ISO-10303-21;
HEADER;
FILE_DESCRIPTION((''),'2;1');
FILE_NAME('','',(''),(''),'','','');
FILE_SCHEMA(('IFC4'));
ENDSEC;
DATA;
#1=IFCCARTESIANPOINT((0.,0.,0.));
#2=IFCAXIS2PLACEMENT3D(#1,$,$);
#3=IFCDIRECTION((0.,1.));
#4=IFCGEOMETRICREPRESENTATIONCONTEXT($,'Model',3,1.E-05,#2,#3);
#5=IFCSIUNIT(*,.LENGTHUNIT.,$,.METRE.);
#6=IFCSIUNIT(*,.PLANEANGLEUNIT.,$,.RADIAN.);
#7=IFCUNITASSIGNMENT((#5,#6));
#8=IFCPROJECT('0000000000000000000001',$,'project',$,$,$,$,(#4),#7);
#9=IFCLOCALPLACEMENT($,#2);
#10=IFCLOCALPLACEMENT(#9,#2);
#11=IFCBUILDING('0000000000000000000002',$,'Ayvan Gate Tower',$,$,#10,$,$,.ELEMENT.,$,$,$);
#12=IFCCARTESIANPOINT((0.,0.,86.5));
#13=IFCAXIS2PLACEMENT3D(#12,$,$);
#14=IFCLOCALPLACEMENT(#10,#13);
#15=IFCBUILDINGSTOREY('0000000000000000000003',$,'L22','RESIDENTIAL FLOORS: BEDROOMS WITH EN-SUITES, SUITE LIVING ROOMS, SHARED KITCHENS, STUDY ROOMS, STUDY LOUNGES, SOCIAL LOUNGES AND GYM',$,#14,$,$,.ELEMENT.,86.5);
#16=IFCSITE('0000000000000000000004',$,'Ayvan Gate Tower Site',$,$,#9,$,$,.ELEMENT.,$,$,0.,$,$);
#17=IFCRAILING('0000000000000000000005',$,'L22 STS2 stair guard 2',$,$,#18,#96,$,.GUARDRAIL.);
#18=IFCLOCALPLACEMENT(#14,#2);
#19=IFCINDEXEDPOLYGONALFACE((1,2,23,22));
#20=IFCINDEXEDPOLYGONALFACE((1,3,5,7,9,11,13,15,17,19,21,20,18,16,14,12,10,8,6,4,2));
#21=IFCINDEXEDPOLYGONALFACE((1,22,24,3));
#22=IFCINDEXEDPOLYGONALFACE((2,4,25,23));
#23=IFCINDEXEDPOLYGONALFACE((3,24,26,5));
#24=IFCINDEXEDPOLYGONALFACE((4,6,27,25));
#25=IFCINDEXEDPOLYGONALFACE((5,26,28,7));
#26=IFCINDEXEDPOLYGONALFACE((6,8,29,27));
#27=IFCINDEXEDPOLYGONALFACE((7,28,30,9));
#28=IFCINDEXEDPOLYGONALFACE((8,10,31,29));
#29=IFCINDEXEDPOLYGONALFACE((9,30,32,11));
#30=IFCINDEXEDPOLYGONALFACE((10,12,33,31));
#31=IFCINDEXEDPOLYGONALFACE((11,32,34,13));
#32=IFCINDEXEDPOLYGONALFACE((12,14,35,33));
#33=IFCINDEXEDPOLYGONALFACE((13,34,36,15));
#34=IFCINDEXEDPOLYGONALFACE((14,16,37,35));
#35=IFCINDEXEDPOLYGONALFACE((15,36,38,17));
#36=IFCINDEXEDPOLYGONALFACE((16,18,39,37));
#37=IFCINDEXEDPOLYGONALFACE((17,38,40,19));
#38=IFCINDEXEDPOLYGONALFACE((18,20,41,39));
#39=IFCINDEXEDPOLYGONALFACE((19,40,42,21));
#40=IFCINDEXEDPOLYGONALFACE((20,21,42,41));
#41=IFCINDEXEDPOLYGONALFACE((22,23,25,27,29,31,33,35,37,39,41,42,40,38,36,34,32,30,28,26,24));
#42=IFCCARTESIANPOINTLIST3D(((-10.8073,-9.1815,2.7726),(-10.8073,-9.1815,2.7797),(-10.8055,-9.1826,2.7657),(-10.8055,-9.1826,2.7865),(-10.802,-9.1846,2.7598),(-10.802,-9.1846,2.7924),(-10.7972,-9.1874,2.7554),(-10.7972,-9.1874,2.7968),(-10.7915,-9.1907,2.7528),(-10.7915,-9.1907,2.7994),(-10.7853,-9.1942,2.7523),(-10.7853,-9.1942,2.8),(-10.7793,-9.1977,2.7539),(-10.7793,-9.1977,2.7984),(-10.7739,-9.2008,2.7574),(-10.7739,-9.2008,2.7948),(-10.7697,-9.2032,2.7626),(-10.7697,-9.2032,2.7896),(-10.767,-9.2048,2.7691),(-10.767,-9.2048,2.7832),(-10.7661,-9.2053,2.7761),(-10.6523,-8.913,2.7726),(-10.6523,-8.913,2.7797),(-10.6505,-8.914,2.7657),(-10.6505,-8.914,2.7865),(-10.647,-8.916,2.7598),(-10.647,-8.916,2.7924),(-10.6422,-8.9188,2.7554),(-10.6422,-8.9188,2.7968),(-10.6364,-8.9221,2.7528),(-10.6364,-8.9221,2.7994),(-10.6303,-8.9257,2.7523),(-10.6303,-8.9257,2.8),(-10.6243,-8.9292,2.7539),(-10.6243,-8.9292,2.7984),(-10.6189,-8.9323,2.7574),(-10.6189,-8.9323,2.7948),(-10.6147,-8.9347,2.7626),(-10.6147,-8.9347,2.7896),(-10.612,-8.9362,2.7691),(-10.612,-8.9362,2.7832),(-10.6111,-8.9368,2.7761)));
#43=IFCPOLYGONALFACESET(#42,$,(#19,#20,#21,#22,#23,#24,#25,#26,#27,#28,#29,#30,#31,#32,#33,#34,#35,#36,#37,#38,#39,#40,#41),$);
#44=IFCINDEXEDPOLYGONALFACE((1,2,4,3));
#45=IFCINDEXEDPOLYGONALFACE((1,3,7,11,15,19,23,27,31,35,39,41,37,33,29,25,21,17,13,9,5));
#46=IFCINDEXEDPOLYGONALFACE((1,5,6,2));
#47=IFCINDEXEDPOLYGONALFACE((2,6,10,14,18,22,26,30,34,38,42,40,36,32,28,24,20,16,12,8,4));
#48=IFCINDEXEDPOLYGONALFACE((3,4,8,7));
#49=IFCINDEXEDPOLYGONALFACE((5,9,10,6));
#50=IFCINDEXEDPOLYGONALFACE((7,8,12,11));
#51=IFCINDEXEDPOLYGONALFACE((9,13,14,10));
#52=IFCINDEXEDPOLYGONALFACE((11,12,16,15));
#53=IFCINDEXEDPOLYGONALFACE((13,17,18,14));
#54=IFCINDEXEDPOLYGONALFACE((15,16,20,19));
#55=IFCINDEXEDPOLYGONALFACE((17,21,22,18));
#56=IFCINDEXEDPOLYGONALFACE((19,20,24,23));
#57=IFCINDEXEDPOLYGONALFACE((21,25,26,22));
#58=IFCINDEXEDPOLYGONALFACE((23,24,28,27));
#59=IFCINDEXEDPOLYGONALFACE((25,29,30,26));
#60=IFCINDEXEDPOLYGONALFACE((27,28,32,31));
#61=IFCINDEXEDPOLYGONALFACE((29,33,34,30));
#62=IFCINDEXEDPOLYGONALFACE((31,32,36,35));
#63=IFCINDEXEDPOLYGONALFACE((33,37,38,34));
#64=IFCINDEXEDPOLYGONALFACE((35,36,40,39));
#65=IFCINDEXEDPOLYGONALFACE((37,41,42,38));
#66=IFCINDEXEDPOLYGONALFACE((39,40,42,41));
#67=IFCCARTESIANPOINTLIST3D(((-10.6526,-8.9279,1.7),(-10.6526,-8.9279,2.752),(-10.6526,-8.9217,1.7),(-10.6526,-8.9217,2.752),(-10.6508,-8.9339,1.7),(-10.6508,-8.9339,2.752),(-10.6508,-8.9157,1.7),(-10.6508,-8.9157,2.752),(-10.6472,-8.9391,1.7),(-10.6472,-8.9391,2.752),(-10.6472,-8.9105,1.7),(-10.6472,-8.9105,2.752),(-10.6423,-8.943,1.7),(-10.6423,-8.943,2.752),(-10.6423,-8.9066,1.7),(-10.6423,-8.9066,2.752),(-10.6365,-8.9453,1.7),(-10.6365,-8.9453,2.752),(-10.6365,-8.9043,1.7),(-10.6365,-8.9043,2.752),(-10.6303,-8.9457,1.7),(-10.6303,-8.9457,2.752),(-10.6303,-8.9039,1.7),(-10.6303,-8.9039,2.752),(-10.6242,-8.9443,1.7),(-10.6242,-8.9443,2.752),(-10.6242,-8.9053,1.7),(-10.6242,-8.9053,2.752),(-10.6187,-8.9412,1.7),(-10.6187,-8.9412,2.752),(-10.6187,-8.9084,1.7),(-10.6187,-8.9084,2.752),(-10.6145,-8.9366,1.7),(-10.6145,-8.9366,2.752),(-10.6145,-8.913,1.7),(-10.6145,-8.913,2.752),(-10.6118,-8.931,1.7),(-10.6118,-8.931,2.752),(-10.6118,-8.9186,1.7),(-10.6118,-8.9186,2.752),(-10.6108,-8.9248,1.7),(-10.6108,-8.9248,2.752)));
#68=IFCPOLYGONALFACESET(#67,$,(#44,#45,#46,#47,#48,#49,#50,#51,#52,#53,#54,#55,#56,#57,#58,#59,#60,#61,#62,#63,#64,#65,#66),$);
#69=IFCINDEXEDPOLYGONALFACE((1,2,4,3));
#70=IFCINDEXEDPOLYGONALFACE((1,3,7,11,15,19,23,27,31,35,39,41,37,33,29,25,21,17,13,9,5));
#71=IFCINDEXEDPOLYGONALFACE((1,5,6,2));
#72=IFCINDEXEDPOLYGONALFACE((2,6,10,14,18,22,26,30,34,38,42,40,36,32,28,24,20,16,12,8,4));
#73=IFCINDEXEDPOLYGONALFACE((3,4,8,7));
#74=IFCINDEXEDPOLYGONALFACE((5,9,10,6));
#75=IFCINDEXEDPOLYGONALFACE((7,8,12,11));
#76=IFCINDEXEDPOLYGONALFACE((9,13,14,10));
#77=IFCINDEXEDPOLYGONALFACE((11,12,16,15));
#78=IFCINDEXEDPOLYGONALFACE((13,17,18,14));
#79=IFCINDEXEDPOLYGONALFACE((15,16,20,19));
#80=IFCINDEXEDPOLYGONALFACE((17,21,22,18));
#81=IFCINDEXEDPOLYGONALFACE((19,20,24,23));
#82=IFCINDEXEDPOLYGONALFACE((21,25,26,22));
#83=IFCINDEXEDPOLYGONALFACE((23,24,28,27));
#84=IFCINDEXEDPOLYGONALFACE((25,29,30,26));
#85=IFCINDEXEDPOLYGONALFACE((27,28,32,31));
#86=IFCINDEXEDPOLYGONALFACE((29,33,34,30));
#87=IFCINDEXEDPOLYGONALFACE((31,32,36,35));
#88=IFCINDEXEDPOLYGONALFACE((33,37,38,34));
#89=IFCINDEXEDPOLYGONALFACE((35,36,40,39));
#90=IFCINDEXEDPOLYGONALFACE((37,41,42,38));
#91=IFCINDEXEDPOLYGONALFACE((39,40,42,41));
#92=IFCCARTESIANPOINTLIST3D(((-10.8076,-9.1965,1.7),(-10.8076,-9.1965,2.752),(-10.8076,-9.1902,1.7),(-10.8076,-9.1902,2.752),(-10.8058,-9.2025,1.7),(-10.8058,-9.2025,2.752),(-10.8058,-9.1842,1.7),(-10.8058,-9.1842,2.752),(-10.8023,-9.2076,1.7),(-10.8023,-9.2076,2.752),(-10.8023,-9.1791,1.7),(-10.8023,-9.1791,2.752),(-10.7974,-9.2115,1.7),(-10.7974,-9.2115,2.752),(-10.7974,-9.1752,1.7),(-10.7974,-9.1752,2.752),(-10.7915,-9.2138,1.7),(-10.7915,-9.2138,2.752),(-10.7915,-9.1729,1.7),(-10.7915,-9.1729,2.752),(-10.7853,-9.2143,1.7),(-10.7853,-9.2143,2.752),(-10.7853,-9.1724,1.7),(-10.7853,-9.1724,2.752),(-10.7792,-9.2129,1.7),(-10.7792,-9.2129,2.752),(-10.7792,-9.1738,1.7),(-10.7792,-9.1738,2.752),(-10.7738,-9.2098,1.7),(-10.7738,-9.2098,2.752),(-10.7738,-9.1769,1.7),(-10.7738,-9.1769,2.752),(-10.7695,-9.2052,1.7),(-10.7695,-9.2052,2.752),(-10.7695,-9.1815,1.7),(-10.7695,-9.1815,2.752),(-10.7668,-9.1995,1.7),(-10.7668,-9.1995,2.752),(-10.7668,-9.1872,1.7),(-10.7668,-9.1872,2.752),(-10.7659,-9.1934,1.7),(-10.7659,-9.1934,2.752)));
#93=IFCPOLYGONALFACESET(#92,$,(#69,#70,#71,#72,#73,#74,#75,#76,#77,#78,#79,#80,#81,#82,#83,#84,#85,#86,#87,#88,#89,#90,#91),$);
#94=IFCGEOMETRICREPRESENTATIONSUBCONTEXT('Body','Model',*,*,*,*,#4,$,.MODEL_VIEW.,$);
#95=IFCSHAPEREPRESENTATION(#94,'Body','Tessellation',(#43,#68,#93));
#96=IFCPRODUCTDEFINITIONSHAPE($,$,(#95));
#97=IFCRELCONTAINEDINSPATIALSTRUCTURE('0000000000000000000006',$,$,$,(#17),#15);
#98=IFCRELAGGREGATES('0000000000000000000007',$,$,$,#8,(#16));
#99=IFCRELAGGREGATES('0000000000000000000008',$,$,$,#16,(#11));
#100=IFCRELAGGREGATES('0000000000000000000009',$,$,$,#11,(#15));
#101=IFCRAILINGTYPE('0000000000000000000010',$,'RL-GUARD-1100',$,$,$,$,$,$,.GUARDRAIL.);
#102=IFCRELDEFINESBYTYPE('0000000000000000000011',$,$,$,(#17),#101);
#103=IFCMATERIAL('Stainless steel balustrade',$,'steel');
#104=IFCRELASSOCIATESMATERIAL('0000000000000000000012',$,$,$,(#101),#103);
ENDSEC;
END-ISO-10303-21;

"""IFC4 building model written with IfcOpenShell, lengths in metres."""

from ifc_helpers import new_model, si_unit, direction, frame, origin, origin_2d, place, context, subcontext, project, spatial, circle, extrude, material, type_object, element, save


model = new_model("IFC4")

# Units and contexts
model_context = context("Model", 3, precision=1e-05, world=origin(), true_north=direction((0.0, 1.0)))
body_context = subcontext(model_context, "Body", "Model", "MODEL_VIEW")
ifc_project = project(units=[si_unit("LENGTHUNIT", "METRE"), si_unit("PLANEANGLEUNIT", "RADIAN")], contexts=[model_context])

# Site, building, storey
site_placement = place(None, origin())
site = spatial("IfcSite", under=ifc_project, at=site_placement, Name="Ayvan Gate Tower Site", CompositionType="ELEMENT", RefElevation=0.0)
building_placement = place(site_placement, origin())
building = spatial("IfcBuilding", under=site, at=building_placement, Name="Ayvan Gate Tower", CompositionType="ELEMENT")
storey_placement = place(building_placement, frame((0.0, 0.0, 86.5)))
storey = spatial("IfcBuildingStorey", under=building, at=storey_placement, Name="L22", Description="RESIDENTIAL FLOORS: BEDROOMS WITH EN-SUITES, SUITE LIVING ROOMS, SHARED KITCHENS, STUDY ROOMS, STUDY LOUNGES, SOCIAL LOUNGES AND GYM", CompositionType="ELEMENT", Elevation=86.5)

# Railing
ifc_material_1 = material(Name="Stainless steel balustrade", Category="steel")
railing_type_1 = type_object("IfcRailingType", Name="RL-GUARD-1100", PredefinedType="GUARDRAIL", material=ifc_material_1)
railing_1_placement = place(storey_placement, frame((-10.6318, -8.9248, 1.7)))
element("IfcRailing", 1, at=railing_1_placement, inside=storey, type_object=railing_type_1, Name="L22 STS2 stair guard 2", PredefinedType="GUARDRAIL", context=body_context, shape_type="SweptSolid", body=[
    extrude(circle(Radius=0.0239, at=origin_2d()), frame((0.0, 0.0, 1.0762), z_axis=(-0.49995, -0.866054, 0.0), x_axis=(0.866054, -0.49995, 0.0)), (0.0, 0.0, 1.0), 0.3101),
    extrude(circle(Radius=0.021, at=origin_2d()), origin(), (0.0, 0.0, 1.0), 1.052),
    extrude(circle(Radius=0.021, at=origin_2d()), frame((-0.155, -0.2686, 0.0)), (0.0, 0.0, 1.0), 1.052),
])

save(model, "model.ifc")
